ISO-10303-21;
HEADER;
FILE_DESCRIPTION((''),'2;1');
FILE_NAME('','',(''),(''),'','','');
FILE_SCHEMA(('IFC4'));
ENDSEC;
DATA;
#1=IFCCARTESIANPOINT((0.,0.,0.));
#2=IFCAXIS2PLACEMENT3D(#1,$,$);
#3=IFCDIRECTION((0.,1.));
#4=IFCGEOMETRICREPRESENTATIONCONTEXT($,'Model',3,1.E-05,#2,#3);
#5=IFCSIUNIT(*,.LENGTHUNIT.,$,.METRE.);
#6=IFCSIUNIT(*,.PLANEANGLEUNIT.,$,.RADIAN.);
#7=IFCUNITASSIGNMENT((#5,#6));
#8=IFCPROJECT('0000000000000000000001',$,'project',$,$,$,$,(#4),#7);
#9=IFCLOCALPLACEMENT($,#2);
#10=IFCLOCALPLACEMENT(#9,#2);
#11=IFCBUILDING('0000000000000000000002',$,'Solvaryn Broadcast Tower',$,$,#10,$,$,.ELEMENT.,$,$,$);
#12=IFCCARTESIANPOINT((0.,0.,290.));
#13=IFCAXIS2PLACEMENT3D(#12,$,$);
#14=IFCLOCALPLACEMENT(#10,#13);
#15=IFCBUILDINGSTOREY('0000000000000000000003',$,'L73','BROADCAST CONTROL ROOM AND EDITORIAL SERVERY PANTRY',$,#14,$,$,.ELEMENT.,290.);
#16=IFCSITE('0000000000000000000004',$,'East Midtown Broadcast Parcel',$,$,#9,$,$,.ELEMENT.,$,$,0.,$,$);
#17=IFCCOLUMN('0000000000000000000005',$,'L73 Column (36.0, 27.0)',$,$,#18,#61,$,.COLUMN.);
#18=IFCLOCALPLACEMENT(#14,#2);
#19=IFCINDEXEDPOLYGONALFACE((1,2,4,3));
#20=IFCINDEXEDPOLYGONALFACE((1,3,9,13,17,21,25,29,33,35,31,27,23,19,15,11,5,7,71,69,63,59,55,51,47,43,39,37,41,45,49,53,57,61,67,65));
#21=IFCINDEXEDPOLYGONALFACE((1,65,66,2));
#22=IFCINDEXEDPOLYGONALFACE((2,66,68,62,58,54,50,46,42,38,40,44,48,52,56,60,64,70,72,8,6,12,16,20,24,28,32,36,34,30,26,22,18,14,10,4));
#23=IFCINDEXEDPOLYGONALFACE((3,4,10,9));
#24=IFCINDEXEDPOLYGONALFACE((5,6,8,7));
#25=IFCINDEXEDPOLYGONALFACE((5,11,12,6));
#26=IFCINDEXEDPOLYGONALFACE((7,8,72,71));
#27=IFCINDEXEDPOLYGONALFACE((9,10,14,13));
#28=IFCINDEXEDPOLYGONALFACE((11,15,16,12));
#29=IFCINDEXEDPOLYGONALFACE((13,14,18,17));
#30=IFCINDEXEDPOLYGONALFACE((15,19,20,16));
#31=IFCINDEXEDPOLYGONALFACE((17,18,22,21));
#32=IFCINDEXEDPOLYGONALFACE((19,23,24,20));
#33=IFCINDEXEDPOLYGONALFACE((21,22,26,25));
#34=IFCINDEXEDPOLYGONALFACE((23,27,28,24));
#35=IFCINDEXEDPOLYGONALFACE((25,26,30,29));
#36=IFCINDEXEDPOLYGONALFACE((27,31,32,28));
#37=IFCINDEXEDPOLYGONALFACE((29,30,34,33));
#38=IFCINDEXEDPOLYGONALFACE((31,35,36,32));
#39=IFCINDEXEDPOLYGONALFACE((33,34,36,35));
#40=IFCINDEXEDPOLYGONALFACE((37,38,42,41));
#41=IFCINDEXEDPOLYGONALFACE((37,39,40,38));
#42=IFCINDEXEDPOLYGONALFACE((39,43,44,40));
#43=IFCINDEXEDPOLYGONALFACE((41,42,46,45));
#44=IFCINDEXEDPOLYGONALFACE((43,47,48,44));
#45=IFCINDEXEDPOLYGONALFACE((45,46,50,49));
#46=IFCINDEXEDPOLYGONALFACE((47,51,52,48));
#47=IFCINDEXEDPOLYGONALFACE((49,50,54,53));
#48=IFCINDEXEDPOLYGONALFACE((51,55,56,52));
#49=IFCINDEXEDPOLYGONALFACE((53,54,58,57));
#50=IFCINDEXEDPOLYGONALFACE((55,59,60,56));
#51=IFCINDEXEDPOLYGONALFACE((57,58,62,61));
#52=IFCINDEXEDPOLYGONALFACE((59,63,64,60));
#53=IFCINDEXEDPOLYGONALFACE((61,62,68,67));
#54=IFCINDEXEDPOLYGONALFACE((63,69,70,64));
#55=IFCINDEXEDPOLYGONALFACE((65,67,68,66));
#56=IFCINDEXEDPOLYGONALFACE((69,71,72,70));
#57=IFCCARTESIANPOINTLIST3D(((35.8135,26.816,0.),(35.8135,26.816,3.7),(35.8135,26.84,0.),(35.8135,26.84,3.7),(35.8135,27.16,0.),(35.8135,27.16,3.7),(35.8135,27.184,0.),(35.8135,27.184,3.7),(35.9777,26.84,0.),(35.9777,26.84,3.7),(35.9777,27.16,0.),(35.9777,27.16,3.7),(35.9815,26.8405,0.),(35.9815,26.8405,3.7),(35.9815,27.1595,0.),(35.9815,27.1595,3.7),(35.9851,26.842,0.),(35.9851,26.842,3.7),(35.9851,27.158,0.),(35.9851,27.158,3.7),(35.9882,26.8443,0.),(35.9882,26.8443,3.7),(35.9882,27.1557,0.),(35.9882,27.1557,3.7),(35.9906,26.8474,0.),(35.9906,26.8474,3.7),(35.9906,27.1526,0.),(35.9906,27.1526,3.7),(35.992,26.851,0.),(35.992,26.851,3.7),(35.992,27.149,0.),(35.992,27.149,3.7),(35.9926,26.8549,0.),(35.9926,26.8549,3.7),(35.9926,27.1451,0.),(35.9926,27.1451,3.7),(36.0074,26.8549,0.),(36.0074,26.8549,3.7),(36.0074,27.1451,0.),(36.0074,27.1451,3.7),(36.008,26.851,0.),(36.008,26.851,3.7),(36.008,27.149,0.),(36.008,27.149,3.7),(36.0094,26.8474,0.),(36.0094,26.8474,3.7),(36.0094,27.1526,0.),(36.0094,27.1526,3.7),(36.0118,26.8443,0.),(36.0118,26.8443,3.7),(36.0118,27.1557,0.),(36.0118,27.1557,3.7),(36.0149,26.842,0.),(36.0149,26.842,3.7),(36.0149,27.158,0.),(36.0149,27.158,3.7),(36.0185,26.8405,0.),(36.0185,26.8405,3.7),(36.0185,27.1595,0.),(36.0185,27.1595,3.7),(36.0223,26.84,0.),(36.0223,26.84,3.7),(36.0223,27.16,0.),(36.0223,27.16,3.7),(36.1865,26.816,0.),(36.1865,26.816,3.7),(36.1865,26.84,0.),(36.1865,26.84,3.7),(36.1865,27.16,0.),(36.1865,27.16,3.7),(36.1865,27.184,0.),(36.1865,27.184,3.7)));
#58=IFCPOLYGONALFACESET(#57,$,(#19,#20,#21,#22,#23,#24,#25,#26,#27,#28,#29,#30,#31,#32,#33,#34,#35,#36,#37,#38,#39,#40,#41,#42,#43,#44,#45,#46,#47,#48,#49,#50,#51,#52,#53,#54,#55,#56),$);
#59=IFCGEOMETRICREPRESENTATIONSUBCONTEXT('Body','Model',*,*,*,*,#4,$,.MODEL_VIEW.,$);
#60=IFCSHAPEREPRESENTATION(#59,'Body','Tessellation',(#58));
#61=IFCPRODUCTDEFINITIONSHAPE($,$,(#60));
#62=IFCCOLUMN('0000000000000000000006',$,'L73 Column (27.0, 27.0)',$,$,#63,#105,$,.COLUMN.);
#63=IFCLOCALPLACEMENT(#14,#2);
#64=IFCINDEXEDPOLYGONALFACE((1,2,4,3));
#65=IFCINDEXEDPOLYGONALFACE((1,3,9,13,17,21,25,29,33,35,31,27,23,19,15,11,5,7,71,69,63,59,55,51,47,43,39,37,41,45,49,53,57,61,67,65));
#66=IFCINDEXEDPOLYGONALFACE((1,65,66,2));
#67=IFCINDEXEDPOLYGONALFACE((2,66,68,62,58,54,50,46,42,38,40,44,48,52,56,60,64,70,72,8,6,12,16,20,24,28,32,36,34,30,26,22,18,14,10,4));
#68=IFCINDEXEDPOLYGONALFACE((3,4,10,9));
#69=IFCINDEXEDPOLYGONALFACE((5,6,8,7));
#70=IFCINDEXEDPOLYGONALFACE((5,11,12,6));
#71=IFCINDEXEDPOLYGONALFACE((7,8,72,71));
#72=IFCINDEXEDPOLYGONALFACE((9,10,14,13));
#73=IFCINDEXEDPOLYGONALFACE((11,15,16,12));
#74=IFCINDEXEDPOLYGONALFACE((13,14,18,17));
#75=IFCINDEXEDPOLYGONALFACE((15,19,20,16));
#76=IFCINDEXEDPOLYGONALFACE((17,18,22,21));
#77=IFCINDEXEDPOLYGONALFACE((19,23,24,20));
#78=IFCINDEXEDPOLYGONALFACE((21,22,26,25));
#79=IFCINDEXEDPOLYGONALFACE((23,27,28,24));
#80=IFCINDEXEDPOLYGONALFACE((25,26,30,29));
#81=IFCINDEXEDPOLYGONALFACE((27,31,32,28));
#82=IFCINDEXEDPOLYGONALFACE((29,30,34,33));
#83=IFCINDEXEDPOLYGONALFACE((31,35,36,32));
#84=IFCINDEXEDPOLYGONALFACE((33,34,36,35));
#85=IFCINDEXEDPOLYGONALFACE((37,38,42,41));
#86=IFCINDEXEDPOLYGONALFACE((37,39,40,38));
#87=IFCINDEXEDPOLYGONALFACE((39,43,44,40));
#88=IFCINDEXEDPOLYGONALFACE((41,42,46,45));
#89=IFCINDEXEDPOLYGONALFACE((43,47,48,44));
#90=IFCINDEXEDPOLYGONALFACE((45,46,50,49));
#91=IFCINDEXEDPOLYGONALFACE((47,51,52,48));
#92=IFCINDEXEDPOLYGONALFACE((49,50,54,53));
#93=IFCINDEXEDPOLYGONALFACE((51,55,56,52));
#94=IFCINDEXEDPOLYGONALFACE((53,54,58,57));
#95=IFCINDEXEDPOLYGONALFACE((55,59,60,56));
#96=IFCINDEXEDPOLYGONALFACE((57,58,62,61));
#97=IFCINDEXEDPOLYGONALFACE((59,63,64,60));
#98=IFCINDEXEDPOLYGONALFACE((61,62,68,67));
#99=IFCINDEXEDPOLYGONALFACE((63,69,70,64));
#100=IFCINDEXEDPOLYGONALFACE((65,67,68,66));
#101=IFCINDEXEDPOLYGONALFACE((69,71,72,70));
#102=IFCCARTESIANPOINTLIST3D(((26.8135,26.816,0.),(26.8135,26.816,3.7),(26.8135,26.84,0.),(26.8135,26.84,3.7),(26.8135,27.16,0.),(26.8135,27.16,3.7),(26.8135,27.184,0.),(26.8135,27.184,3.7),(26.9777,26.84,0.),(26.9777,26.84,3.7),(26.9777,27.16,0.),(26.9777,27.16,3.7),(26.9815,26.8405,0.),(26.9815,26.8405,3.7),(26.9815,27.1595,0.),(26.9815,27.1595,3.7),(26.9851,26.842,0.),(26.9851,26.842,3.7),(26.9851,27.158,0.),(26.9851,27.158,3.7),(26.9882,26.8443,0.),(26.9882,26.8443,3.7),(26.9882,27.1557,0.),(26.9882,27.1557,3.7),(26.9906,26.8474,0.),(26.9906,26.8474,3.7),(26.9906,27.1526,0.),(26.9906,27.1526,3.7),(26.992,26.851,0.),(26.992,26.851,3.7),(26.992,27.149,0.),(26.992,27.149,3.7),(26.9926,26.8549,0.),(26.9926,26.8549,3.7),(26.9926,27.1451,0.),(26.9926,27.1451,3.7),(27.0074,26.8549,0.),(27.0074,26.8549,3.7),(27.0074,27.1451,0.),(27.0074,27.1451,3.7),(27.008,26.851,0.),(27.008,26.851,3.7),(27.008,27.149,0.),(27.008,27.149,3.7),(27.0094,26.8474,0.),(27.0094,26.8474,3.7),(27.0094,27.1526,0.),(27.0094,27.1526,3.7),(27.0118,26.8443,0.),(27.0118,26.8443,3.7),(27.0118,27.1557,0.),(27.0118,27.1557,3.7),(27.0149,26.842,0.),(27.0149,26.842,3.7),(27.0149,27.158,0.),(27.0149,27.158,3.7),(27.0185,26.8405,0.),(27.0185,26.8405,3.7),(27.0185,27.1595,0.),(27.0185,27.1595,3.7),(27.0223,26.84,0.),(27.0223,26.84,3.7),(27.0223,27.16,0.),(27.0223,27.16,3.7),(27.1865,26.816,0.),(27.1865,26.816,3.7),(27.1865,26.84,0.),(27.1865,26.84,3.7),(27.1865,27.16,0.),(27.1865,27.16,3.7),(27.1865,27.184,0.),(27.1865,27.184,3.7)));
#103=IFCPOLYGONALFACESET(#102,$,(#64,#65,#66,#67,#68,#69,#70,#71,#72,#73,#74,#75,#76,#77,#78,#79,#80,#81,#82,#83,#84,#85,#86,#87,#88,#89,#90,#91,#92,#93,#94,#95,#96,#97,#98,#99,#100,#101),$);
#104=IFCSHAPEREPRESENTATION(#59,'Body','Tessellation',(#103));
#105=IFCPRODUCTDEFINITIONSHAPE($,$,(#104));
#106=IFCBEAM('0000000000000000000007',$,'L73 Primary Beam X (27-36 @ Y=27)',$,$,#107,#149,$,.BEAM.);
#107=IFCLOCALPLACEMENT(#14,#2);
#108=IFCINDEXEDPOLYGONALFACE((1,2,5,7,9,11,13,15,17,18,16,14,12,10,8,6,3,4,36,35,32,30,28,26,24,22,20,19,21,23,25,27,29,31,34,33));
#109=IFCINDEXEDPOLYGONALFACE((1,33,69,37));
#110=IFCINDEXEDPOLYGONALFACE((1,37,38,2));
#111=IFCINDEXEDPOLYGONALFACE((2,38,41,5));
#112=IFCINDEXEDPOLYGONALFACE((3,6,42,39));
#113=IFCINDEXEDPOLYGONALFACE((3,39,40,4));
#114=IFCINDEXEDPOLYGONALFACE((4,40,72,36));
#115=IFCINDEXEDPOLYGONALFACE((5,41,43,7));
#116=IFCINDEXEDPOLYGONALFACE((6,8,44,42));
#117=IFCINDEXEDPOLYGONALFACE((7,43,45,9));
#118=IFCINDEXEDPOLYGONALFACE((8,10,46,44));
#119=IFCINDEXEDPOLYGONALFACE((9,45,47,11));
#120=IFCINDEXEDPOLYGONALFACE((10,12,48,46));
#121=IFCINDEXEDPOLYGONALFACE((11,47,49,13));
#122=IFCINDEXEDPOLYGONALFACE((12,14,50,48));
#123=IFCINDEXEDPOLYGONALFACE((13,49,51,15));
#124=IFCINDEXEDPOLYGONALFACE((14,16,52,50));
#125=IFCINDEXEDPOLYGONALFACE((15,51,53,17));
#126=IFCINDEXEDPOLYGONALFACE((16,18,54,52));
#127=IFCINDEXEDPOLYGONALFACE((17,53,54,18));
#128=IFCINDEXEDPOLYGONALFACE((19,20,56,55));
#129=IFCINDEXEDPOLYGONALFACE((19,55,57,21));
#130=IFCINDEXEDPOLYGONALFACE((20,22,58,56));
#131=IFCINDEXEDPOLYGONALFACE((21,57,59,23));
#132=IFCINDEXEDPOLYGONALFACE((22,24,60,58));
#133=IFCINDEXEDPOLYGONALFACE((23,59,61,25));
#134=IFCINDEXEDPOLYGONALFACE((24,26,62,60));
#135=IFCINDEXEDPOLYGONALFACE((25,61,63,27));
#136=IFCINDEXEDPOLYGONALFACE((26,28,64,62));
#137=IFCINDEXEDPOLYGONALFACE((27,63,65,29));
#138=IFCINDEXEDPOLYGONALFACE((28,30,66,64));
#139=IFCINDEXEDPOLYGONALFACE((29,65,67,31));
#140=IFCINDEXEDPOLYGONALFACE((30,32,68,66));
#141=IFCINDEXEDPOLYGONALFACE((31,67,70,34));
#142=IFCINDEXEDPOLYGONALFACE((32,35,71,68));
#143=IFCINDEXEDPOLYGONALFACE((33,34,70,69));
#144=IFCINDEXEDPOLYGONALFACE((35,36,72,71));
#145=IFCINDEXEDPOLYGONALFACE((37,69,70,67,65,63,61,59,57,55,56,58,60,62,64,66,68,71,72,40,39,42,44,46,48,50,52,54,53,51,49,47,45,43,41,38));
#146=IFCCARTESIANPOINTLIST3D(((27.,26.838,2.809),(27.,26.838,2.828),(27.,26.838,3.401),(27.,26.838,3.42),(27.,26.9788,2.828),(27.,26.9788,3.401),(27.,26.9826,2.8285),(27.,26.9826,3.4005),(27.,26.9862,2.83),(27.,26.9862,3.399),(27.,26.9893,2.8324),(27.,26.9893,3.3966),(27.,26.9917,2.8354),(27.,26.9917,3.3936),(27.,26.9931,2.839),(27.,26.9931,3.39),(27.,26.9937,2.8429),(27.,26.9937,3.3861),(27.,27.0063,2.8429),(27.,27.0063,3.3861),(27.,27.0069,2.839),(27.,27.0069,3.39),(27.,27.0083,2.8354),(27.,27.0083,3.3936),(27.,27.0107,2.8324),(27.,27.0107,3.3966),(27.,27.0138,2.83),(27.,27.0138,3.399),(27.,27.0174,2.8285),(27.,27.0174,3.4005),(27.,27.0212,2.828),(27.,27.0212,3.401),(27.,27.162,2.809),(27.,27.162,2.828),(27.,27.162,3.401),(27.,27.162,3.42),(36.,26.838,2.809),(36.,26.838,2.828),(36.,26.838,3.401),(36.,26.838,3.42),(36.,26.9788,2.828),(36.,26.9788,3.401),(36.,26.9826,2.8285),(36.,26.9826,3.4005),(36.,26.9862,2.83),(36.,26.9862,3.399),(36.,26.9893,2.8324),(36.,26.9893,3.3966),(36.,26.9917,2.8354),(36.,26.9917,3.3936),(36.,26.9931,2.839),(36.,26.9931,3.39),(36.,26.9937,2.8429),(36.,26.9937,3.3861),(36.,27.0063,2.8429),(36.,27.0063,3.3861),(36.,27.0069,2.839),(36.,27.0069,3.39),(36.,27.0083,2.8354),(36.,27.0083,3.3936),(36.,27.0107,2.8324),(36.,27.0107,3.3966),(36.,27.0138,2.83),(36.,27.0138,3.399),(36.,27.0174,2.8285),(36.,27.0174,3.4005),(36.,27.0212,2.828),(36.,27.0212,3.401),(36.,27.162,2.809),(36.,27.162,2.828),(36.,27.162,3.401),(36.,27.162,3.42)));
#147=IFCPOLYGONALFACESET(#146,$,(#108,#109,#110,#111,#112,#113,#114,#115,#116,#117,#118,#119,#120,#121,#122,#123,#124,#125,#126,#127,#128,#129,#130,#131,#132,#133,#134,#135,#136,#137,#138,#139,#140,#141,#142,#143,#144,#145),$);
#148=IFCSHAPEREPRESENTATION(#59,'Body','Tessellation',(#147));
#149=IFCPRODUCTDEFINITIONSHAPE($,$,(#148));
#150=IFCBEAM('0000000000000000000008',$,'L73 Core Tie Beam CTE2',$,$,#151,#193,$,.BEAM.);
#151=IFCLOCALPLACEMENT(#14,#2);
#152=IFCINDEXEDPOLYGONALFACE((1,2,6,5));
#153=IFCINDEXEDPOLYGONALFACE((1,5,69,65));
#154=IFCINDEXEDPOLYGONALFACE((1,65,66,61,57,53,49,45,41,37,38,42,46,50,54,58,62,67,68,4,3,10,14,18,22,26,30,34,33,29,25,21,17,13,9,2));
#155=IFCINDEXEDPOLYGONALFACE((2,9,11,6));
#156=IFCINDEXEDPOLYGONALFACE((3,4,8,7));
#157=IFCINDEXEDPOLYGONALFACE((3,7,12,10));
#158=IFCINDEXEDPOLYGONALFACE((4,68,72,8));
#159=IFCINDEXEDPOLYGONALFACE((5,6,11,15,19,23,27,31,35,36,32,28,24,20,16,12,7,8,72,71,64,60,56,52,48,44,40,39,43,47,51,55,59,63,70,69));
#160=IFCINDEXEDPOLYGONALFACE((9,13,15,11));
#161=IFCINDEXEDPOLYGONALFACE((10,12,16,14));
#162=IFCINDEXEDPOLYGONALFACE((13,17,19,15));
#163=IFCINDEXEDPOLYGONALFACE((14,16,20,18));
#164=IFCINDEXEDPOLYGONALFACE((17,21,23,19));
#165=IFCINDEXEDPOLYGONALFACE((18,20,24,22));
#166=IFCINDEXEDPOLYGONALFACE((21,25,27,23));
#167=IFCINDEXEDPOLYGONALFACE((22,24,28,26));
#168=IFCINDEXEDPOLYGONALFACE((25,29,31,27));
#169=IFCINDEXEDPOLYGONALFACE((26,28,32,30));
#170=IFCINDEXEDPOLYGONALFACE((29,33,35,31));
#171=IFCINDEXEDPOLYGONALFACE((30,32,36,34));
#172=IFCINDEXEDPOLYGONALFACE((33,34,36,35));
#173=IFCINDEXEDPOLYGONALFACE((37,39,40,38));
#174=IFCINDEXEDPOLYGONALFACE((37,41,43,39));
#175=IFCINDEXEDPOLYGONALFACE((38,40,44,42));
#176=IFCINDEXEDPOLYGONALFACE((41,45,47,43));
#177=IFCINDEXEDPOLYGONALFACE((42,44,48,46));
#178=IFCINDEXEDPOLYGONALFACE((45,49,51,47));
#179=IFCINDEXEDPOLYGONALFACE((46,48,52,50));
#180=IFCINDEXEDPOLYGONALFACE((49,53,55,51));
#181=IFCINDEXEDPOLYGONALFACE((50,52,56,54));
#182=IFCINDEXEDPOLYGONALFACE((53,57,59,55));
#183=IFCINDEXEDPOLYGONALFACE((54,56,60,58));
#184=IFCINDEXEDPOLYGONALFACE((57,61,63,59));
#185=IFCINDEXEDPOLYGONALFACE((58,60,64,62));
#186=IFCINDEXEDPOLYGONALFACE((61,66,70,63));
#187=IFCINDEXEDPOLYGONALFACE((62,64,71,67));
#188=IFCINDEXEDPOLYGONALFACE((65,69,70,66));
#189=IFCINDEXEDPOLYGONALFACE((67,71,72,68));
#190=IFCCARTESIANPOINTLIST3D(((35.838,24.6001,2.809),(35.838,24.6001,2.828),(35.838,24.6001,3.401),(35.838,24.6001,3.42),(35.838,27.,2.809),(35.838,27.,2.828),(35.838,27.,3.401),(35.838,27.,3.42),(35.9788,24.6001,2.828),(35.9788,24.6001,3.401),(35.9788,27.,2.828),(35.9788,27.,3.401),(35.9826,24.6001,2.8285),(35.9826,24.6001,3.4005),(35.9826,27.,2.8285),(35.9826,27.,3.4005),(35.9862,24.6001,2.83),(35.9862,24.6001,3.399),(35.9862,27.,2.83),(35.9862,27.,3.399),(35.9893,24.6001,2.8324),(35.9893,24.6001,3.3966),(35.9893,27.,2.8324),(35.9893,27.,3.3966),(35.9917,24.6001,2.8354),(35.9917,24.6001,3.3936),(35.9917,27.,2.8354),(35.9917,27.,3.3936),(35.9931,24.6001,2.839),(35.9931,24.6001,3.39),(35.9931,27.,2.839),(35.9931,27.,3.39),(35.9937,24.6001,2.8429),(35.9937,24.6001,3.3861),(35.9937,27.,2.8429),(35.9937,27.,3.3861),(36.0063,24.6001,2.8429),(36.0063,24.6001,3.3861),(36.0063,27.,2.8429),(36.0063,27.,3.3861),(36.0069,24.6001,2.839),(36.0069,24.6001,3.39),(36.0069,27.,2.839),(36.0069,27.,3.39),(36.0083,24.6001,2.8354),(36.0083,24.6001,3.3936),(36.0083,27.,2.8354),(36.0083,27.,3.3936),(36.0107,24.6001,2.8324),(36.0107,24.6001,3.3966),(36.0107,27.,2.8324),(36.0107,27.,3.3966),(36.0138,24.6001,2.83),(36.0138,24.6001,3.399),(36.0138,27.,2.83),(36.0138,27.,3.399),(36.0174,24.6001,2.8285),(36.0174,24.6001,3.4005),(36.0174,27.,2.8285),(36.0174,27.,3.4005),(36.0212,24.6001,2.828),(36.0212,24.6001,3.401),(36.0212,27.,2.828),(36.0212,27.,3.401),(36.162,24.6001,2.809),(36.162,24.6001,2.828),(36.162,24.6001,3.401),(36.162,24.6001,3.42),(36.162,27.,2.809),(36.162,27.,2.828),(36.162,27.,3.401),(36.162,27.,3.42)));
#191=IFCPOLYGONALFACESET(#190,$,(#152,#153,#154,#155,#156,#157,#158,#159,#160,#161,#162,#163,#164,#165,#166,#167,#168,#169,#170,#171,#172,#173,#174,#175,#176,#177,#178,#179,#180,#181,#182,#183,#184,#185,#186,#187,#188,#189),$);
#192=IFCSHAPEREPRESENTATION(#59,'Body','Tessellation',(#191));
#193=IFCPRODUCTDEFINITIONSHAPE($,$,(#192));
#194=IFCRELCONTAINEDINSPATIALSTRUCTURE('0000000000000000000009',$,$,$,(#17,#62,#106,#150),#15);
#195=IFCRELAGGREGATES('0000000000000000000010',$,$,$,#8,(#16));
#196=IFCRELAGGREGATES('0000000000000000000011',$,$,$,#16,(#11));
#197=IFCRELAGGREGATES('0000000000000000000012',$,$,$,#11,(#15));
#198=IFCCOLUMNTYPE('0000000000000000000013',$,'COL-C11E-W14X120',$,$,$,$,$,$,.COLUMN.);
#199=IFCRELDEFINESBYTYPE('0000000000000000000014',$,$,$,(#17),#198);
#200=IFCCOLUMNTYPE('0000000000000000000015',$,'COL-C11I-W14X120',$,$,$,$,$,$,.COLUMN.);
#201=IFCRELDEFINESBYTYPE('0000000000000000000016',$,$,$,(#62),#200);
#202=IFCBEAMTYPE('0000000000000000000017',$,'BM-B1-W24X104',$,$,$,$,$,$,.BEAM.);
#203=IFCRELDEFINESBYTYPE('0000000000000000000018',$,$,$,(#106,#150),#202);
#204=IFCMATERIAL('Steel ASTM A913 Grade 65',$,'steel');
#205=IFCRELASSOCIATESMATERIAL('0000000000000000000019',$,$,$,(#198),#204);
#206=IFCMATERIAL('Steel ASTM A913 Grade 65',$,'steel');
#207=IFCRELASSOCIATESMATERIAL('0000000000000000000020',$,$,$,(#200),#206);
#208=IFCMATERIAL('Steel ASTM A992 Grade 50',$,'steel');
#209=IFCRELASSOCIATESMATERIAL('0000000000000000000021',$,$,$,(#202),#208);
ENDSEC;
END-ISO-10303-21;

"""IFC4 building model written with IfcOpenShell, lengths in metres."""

from ifc_helpers import new_model, si_unit, direction, frame, origin, origin_2d, place, context, subcontext, project, spatial, i_section, extrude, material, material_profile, profile_set, type_object, element, save


model = new_model("IFC4")

# Units and contexts
model_context = context("Model", 3, precision=1e-05, world=origin(), true_north=direction((0.0, 1.0)))
body_context = subcontext(model_context, "Body", "Model", "MODEL_VIEW")
ifc_project = project(units=[si_unit("LENGTHUNIT", "METRE"), si_unit("PLANEANGLEUNIT", "RADIAN")], contexts=[model_context])

# Site, building, storey
site_placement = place(None, origin())
site = spatial("IfcSite", under=ifc_project, at=site_placement, Name="East Midtown Broadcast Parcel", CompositionType="ELEMENT", RefElevation=0.0)
building_placement = place(site_placement, origin())
building = spatial("IfcBuilding", under=site, at=building_placement, Name="Solvaryn Broadcast Tower", CompositionType="ELEMENT")
storey_placement = place(building_placement, frame((0.0, 0.0, 290.0)))
storey = spatial("IfcBuildingStorey", under=building, at=storey_placement, Name="L73", Description="BROADCAST CONTROL ROOM AND EDITORIAL SERVERY PANTRY", CompositionType="ELEMENT", Elevation=290.0)

# Columns
ifc_material_1 = material(Name="Steel ASTM A913 Grade 65", Category="steel")
ifc_material_profile_1 = material_profile(ifc_material_1, i_section(OverallWidth=0.373, OverallDepth=0.3679, WebThickness=0.0149, FlangeThickness=0.0239, FilletRadius=0.0149, at=origin_2d()))
ifc_profile_set_1 = profile_set([ifc_material_profile_1], Name="Steel ASTM A913 Grade 65")
column_type_1 = type_object("IfcColumnType", Name="COL-C11E-W14X120", PredefinedType="COLUMN", material=ifc_profile_set_1)
column_1_placement = place(storey_placement, frame((36.0, 27.0, 0.0), z_axis=(0.0, 0.0, 1.0), x_axis=(1.0, 0.0, 0.0)))
element("IfcColumn", 1, at=column_1_placement, inside=storey, type_object=column_type_1, Name="L73 Column (36.0, 27.0)", PredefinedType="COLUMN", context=body_context, shape_type="SweptSolid", body=[
    extrude(i_section(OverallWidth=0.373, OverallDepth=0.3679, WebThickness=0.0149, FlangeThickness=0.0239, FilletRadius=0.0149, at=origin_2d()), origin(), (0.0, 0.0, 1.0), 3.7),
])
ifc_material_2 = material(Name="Steel ASTM A913 Grade 65", Category="steel")
ifc_material_profile_2 = material_profile(ifc_material_2, i_section(OverallWidth=0.373, OverallDepth=0.3679, WebThickness=0.0149, FlangeThickness=0.0239, FilletRadius=0.0149, at=origin_2d()))
ifc_profile_set_2 = profile_set([ifc_material_profile_2], Name="Steel ASTM A913 Grade 65")
column_type_2 = type_object("IfcColumnType", Name="COL-C11I-W14X120", PredefinedType="COLUMN", material=ifc_profile_set_2)
column_2_placement = place(storey_placement, frame((27.0, 27.0, 0.0), z_axis=(0.0, 0.0, 1.0), x_axis=(1.0, 0.0, 0.0)))
element("IfcColumn", 2, at=column_2_placement, inside=storey, type_object=column_type_2, Name="L73 Column (27.0, 27.0)", PredefinedType="COLUMN", context=body_context, shape_type="SweptSolid", body=[
    extrude(i_section(OverallWidth=0.373, OverallDepth=0.3679, WebThickness=0.0149, FlangeThickness=0.0239, FilletRadius=0.0149, at=origin_2d()), origin(), (0.0, 0.0, 1.0), 3.7),
])

# Beams
ifc_material_3 = material(Name="Steel ASTM A992 Grade 50", Category="steel")
ifc_material_profile_3 = material_profile(ifc_material_3, i_section(OverallWidth=0.324, OverallDepth=0.6111, WebThickness=0.0127, FlangeThickness=0.019, FilletRadius=0.0149, at=origin_2d()))
ifc_profile_set_3 = profile_set([ifc_material_profile_3], Name="Steel ASTM A992 Grade 50")
beam_type_1 = type_object("IfcBeamType", Name="BM-B1-W24X104", PredefinedType="BEAM", material=ifc_profile_set_3)
beam_1_placement = place(storey_placement, frame((27.0, 27.0, 3.1145), z_axis=(1.0, 0.0, 0.0), x_axis=(0.0, 1.0, 0.0)))
element("IfcBeam", 3, at=beam_1_placement, inside=storey, type_object=beam_type_1, Name="L73 Primary Beam X (27-36 @ Y=27)", PredefinedType="BEAM", context=body_context, shape_type="SweptSolid", body=[
    extrude(i_section(OverallWidth=0.324, OverallDepth=0.6111, WebThickness=0.0127, FlangeThickness=0.019, FilletRadius=0.0149, at=origin_2d()), origin(), (0.0, 0.0, 1.0), 9.0),
])
beam_2_placement = place(storey_placement, frame((36.0, 24.6001, 3.1145), z_axis=(0.0, 1.0, 0.0), x_axis=(-1.0, 0.0, 0.0)))
element("IfcBeam", 4, at=beam_2_placement, inside=storey, type_object=beam_type_1, Name="L73 Core Tie Beam CTE2", PredefinedType="BEAM", context=body_context, shape_type="SweptSolid", body=[
    extrude(i_section(OverallWidth=0.324, OverallDepth=0.6111, WebThickness=0.0127, FlangeThickness=0.019, FilletRadius=0.0149, at=origin_2d()), origin(), (0.0, 0.0, 1.0), 2.3999),
])

save(model, "model.ifc")
